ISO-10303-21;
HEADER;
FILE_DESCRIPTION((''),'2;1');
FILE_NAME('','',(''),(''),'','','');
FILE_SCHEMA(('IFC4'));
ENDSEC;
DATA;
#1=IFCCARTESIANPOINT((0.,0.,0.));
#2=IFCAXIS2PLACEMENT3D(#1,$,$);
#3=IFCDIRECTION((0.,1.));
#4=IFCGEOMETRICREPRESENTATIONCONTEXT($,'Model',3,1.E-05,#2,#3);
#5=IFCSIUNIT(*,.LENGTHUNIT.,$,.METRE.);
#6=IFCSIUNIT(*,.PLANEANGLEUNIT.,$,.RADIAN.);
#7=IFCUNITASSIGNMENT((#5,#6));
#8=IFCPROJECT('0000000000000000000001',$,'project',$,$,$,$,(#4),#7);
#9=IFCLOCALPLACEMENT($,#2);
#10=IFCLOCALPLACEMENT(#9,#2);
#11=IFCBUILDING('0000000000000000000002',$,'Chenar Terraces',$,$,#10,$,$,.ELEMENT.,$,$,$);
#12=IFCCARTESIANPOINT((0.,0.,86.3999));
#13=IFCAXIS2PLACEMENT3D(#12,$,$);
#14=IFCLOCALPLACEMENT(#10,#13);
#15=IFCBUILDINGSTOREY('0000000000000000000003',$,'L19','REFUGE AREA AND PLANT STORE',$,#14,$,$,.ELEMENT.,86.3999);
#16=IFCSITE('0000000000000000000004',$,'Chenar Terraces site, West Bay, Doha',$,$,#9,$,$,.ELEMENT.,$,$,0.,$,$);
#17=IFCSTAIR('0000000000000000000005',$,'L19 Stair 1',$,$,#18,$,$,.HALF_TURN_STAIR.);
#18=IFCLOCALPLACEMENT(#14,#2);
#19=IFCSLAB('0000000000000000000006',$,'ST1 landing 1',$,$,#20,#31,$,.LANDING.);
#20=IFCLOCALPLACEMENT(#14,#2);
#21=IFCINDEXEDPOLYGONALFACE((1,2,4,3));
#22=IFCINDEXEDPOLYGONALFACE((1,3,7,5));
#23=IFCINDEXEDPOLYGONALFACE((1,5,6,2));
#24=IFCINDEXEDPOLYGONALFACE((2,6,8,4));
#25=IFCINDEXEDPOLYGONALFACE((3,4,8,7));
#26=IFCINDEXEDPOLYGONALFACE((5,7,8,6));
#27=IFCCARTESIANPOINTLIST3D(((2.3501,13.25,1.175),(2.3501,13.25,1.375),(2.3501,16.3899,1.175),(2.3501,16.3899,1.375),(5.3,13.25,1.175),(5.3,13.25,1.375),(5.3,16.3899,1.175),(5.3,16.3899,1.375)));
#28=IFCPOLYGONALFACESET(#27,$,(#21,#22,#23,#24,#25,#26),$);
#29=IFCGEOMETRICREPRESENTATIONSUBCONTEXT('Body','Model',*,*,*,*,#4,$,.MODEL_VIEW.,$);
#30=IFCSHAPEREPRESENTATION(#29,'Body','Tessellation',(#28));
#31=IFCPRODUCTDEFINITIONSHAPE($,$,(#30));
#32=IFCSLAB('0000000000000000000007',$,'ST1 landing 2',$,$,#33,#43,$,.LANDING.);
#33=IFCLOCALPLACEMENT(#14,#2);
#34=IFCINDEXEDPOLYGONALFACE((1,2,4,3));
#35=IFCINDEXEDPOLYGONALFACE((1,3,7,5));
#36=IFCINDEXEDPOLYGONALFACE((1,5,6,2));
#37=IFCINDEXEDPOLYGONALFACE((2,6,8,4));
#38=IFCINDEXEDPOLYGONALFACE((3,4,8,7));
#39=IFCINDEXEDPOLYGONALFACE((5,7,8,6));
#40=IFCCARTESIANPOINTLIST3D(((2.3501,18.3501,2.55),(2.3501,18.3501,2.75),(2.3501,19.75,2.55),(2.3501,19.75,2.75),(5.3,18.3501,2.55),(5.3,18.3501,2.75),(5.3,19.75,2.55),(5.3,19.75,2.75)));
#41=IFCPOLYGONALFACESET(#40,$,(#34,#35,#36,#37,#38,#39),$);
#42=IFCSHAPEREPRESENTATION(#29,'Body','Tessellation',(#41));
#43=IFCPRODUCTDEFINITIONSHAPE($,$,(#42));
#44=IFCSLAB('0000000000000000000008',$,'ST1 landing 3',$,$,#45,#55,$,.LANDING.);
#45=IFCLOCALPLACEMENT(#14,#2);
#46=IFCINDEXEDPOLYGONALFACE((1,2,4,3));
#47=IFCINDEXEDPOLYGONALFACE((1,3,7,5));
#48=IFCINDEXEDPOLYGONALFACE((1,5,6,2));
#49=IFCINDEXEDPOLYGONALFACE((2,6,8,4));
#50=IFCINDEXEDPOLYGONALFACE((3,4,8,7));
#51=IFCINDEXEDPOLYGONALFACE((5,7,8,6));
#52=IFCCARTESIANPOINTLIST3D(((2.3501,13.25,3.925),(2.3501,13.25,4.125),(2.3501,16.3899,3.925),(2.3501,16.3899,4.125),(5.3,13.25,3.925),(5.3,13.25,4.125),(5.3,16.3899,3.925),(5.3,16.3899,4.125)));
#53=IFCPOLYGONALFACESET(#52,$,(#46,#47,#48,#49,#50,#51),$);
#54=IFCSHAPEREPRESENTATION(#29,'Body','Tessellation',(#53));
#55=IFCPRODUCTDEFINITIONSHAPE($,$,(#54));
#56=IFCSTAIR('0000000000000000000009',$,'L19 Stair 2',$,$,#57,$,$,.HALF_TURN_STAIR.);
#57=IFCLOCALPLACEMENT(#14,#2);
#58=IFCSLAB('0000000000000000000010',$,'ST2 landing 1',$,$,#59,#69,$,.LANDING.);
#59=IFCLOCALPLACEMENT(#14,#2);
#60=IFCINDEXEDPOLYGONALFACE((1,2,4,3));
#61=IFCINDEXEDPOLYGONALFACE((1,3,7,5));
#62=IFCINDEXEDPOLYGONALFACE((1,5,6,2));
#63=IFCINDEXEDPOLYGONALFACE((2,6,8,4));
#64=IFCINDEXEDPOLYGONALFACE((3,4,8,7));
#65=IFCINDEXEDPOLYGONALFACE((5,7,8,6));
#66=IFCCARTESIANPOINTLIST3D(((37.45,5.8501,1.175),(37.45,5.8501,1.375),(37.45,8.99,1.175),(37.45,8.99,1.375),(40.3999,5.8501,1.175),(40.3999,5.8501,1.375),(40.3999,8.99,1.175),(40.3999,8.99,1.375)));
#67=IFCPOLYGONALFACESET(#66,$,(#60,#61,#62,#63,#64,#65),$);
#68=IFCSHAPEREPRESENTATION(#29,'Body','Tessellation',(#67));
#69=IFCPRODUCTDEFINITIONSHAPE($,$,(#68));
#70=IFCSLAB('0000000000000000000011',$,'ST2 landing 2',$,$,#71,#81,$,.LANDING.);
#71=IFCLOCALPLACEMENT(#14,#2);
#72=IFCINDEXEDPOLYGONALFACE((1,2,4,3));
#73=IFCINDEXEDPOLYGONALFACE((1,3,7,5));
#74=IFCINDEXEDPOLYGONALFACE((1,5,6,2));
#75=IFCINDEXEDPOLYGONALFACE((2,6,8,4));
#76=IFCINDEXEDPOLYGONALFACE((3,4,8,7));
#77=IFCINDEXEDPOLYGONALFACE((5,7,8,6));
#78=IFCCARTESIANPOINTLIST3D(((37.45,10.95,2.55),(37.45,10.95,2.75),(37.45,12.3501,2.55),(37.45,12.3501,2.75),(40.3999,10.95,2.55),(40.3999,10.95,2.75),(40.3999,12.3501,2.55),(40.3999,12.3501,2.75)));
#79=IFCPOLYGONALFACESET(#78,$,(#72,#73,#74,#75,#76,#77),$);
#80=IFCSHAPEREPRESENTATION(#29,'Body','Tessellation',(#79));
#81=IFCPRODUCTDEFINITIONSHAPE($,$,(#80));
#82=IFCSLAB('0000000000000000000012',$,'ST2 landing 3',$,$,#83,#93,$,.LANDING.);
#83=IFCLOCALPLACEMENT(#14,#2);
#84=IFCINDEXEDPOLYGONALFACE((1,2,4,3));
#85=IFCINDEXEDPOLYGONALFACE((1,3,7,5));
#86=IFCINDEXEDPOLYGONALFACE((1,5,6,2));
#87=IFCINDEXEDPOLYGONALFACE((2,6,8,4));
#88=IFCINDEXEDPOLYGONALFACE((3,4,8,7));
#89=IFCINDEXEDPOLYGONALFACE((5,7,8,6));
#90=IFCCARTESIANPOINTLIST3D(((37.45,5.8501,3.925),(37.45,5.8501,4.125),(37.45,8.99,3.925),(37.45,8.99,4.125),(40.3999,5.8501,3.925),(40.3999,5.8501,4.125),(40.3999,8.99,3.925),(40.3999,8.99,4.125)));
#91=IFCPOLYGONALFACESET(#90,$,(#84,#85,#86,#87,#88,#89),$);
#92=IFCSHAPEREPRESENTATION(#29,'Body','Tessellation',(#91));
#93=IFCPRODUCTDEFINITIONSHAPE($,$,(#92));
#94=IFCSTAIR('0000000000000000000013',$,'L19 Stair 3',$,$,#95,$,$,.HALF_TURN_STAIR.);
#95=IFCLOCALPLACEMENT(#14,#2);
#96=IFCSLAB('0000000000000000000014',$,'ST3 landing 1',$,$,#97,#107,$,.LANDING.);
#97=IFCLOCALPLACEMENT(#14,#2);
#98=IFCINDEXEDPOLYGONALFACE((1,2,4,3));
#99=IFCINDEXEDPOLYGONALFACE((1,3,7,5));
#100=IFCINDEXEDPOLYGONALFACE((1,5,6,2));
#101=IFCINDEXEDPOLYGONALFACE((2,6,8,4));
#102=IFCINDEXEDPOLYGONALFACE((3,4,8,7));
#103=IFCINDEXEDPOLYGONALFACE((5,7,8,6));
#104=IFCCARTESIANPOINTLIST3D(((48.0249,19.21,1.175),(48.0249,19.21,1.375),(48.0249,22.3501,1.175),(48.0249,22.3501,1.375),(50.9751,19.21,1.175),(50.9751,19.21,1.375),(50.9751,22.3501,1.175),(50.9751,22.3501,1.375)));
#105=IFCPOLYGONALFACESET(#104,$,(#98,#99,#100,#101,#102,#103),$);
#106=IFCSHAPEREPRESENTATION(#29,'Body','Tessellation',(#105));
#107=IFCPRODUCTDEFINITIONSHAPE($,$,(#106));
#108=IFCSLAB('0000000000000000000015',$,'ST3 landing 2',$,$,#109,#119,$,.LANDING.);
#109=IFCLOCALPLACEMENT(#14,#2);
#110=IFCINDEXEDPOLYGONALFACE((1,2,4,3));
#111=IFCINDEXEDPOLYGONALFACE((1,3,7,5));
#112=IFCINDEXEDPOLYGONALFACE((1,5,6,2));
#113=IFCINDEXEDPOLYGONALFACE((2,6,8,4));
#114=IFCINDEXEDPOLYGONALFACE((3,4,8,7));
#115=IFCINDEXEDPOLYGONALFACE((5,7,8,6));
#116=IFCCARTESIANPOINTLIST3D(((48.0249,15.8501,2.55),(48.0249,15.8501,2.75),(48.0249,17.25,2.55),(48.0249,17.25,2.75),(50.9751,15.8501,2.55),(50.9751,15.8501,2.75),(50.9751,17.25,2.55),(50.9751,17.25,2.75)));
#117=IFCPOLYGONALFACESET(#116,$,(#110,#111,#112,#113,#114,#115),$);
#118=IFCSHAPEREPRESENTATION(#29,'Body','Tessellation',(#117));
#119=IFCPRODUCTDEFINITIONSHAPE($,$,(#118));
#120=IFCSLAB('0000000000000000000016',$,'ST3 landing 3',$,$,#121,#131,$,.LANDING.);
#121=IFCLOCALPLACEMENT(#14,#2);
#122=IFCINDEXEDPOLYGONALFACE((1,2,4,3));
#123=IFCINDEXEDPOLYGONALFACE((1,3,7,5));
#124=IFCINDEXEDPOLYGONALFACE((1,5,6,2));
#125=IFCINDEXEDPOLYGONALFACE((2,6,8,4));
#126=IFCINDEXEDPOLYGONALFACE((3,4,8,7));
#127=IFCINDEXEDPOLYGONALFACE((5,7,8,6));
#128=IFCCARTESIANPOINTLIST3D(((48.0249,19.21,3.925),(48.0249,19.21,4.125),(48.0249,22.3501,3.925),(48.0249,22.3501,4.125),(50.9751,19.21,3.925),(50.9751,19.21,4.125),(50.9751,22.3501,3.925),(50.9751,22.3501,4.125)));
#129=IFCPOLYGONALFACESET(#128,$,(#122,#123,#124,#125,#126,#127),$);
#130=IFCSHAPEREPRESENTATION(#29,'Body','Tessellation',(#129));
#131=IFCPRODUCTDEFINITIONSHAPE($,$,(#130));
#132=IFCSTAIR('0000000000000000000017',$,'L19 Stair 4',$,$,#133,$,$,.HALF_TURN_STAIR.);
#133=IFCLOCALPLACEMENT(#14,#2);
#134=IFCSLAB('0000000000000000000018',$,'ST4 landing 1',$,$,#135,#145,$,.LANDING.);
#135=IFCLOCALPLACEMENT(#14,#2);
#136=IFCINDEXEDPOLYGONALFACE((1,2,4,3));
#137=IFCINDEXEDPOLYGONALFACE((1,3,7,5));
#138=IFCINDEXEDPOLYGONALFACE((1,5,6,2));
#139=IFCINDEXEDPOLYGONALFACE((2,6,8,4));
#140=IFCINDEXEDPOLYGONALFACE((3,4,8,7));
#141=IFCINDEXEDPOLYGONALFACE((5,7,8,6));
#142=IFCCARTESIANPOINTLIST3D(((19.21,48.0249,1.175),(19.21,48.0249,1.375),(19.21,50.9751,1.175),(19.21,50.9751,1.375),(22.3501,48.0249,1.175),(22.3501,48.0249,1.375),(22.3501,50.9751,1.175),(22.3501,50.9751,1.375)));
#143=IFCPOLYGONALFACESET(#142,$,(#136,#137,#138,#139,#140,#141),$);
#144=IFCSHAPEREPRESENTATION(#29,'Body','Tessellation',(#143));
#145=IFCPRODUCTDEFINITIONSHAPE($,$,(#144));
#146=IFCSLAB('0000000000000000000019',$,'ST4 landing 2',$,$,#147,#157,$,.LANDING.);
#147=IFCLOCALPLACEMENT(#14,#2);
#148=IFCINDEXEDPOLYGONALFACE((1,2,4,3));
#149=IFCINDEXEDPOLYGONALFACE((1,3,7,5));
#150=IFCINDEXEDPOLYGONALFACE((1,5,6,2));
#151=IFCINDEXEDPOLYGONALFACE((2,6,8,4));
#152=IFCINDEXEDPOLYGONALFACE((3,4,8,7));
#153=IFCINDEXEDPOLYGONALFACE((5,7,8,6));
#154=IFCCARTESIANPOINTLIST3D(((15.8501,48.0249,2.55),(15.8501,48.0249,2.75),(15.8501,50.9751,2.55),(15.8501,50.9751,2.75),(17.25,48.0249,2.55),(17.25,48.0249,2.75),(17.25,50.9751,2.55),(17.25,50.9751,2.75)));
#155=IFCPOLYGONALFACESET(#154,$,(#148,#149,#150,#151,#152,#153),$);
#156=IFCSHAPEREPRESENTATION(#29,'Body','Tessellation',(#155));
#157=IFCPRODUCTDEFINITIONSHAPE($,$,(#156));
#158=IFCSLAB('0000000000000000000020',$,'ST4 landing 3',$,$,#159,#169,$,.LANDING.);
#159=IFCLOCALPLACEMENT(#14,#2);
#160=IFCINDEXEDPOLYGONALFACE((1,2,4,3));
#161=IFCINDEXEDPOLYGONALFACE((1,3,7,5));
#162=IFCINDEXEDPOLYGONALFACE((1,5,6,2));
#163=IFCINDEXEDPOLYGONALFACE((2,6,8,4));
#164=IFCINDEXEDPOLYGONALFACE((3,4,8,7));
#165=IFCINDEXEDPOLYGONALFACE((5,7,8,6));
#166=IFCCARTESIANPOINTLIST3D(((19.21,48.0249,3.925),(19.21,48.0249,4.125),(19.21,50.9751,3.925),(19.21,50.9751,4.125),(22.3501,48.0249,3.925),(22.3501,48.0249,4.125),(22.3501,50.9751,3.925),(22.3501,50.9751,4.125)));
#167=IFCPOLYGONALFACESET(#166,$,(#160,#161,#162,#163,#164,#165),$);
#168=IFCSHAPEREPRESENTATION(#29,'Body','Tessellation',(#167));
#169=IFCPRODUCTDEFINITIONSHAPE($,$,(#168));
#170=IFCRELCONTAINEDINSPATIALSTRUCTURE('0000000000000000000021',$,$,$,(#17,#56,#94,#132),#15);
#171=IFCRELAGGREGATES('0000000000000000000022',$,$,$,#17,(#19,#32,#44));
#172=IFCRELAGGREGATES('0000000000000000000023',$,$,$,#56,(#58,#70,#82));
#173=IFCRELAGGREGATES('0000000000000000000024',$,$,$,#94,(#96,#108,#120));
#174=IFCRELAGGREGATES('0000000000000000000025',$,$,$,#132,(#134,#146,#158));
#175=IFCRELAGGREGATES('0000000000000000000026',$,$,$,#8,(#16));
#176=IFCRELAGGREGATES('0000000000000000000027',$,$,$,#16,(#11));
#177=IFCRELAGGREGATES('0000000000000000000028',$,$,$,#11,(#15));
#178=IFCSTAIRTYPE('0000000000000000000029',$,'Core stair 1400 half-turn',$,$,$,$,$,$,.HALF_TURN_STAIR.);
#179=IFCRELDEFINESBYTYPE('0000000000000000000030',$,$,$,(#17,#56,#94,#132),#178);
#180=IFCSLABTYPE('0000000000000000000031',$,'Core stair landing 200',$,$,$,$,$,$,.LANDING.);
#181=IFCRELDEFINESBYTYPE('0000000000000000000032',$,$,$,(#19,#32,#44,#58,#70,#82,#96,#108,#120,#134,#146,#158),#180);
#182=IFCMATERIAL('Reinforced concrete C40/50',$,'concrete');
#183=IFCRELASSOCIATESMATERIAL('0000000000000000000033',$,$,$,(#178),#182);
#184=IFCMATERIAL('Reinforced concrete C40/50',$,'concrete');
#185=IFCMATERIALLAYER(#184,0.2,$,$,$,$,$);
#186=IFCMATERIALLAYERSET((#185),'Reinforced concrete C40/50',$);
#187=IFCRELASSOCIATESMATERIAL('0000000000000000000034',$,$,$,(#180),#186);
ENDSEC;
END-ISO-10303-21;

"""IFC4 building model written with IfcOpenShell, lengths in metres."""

from ifc_helpers import new_model, si_unit, direction, frame, origin, place, context, subcontext, project, spatial, polyline, outline, extrude, material, layer, layer_set, type_object, element, aggregate, save


model = new_model("IFC4")

# Units and contexts
model_context = context("Model", 3, precision=1e-05, world=origin(), true_north=direction((0.0, 1.0)))
body_context = subcontext(model_context, "Body", "Model", "MODEL_VIEW")
ifc_project = project(units=[si_unit("LENGTHUNIT", "METRE"), si_unit("PLANEANGLEUNIT", "RADIAN")], contexts=[model_context])

# Site, building, storey
site_placement = place(None, origin())
site = spatial("IfcSite", under=ifc_project, at=site_placement, Name="Chenar Terraces site, West Bay, Doha", CompositionType="ELEMENT", RefElevation=0.0)
building_placement = place(site_placement, origin())
building = spatial("IfcBuilding", under=site, at=building_placement, Name="Chenar Terraces", CompositionType="ELEMENT")
storey_placement = place(building_placement, frame((0.0, 0.0, 86.3999)))
storey = spatial("IfcBuildingStorey", under=building, at=storey_placement, Name="L19", Description="REFUGE AREA AND PLANT STORE", CompositionType="ELEMENT", Elevation=86.3999)

# Stairs, slabs
ifc_material_1 = material(Name="Reinforced concrete C40/50", Category="concrete")
stair_type = type_object("IfcStairType", Name="Core stair 1400 half-turn", PredefinedType="HALF_TURN_STAIR", material=ifc_material_1)
placement_1 = place(storey_placement, origin())
stair_1 = element("IfcStair", 1, at=placement_1, inside=storey, type_object=stair_type, Name="L19 Stair 1", PredefinedType="HALF_TURN_STAIR")
ifc_material_2 = material(Name="Reinforced concrete C40/50", Category="concrete")
ifc_layer_1 = layer(ifc_material_2, 0.2)
ifc_layer_set_1 = layer_set([ifc_layer_1], Name="Reinforced concrete C40/50")
slab_type_1 = type_object("IfcSlabType", Name="Core stair landing 200", PredefinedType="LANDING", material=ifc_layer_set_1)
placement_2 = place(storey_placement, frame((0.0, 0.0, 1.175)))
slab_1 = element("IfcSlab", 2, at=placement_2, type_object=slab_type_1, Name="ST1 landing 1", PredefinedType="LANDING", context=body_context, shape_type="SweptSolid", body=[
    extrude(outline(polyline([(2.3501, 16.3899), (2.3501, 13.25), (5.3, 13.25), (5.3, 16.3899), (2.3501, 16.3899)])), origin(), (0.0, 0.0, 1.0), 0.2),
])
placement_3 = place(storey_placement, frame((0.0, 0.0, 2.55)))
slab_2 = element("IfcSlab", 3, at=placement_3, type_object=slab_type_1, Name="ST1 landing 2", PredefinedType="LANDING", context=body_context, shape_type="SweptSolid", body=[
    extrude(outline(polyline([(2.3501, 19.75), (2.3501, 18.3501), (5.3, 18.3501), (5.3, 19.75), (2.3501, 19.75)])), origin(), (0.0, 0.0, 1.0), 0.2),
])
placement_4 = place(storey_placement, frame((0.0, 0.0, 3.925)))
slab_3 = element("IfcSlab", 4, at=placement_4, type_object=slab_type_1, Name="ST1 landing 3", PredefinedType="LANDING", context=body_context, shape_type="SweptSolid", body=[
    extrude(outline(polyline([(2.3501, 16.3899), (2.3501, 13.25), (5.3, 13.25), (5.3, 16.3899), (2.3501, 16.3899)])), origin(), (0.0, 0.0, 1.0), 0.2),
])
aggregate(stair_1, [slab_1, slab_2, slab_3])
stair_2 = element("IfcStair", 5, at=placement_1, inside=storey, type_object=stair_type, Name="L19 Stair 2", PredefinedType="HALF_TURN_STAIR")
slab_4 = element("IfcSlab", 6, at=placement_2, type_object=slab_type_1, Name="ST2 landing 1", PredefinedType="LANDING", context=body_context, shape_type="SweptSolid", body=[
    extrude(outline(polyline([(37.45, 8.99), (37.45, 5.8501), (40.3999, 5.8501), (40.3999, 8.99), (37.45, 8.99)])), origin(), (0.0, 0.0, 1.0), 0.2),
])
slab_5 = element("IfcSlab", 7, at=placement_3, type_object=slab_type_1, Name="ST2 landing 2", PredefinedType="LANDING", context=body_context, shape_type="SweptSolid", body=[
    extrude(outline(polyline([(37.45, 12.3501), (37.45, 10.95), (40.3999, 10.95), (40.3999, 12.3501), (37.45, 12.3501)])), origin(), (0.0, 0.0, 1.0), 0.2),
])
slab_6 = element("IfcSlab", 8, at=placement_4, type_object=slab_type_1, Name="ST2 landing 3", PredefinedType="LANDING", context=body_context, shape_type="SweptSolid", body=[
    extrude(outline(polyline([(37.45, 8.99), (37.45, 5.8501), (40.3999, 5.8501), (40.3999, 8.99), (37.45, 8.99)])), origin(), (0.0, 0.0, 1.0), 0.2),
])
aggregate(stair_2, [slab_4, slab_5, slab_6])
stair_3 = element("IfcStair", 9, at=placement_1, inside=storey, type_object=stair_type, Name="L19 Stair 3", PredefinedType="HALF_TURN_STAIR")
slab_7 = element("IfcSlab", 10, at=placement_2, type_object=slab_type_1, Name="ST3 landing 1", PredefinedType="LANDING", context=body_context, shape_type="SweptSolid", body=[
    extrude(outline(polyline([(50.9751, 19.21), (50.9751, 22.3501), (48.0249, 22.3501), (48.0249, 19.21), (50.9751, 19.21)])), origin(), (0.0, 0.0, 1.0), 0.2),
])
slab_8 = element("IfcSlab", 11, at=placement_3, type_object=slab_type_1, Name="ST3 landing 2", PredefinedType="LANDING", context=body_context, shape_type="SweptSolid", body=[
    extrude(outline(polyline([(50.9751, 15.8501), (50.9751, 17.25), (48.0249, 17.25), (48.0249, 15.8501), (50.9751, 15.8501)])), origin(), (0.0, 0.0, 1.0), 0.2),
])
slab_9 = element("IfcSlab", 12, at=placement_4, type_object=slab_type_1, Name="ST3 landing 3", PredefinedType="LANDING", context=body_context, shape_type="SweptSolid", body=[
    extrude(outline(polyline([(50.9751, 19.21), (50.9751, 22.3501), (48.0249, 22.3501), (48.0249, 19.21), (50.9751, 19.21)])), origin(), (0.0, 0.0, 1.0), 0.2),
])
aggregate(stair_3, [slab_7, slab_8, slab_9])
stair_4 = element("IfcStair", 13, at=placement_1, inside=storey, type_object=stair_type, Name="L19 Stair 4", PredefinedType="HALF_TURN_STAIR")
slab_10 = element("IfcSlab", 14, at=placement_2, type_object=slab_type_1, Name="ST4 landing 1", PredefinedType="LANDING", context=body_context, shape_type="SweptSolid", body=[
    extrude(outline(polyline([(19.21, 48.0249), (22.3501, 48.0249), (22.3501, 50.9751), (19.21, 50.9751), (19.21, 48.0249)])), origin(), (0.0, 0.0, 1.0), 0.2),
])
slab_11 = element("IfcSlab", 15, at=placement_3, type_object=slab_type_1, Name="ST4 landing 2", PredefinedType="LANDING", context=body_context, shape_type="SweptSolid", body=[
    extrude(outline(polyline([(15.8501, 48.0249), (17.25, 48.0249), (17.25, 50.9751), (15.8501, 50.9751), (15.8501, 48.0249)])), origin(), (0.0, 0.0, 1.0), 0.2),
])
slab_12 = element("IfcSlab", 16, at=placement_4, type_object=slab_type_1, Name="ST4 landing 3", PredefinedType="LANDING", context=body_context, shape_type="SweptSolid", body=[
    extrude(outline(polyline([(19.21, 48.0249), (22.3501, 48.0249), (22.3501, 50.9751), (19.21, 50.9751), (19.21, 48.0249)])), origin(), (0.0, 0.0, 1.0), 0.2),
])
aggregate(stair_4, [slab_10, slab_11, slab_12])

save(model, "model.ifc")
